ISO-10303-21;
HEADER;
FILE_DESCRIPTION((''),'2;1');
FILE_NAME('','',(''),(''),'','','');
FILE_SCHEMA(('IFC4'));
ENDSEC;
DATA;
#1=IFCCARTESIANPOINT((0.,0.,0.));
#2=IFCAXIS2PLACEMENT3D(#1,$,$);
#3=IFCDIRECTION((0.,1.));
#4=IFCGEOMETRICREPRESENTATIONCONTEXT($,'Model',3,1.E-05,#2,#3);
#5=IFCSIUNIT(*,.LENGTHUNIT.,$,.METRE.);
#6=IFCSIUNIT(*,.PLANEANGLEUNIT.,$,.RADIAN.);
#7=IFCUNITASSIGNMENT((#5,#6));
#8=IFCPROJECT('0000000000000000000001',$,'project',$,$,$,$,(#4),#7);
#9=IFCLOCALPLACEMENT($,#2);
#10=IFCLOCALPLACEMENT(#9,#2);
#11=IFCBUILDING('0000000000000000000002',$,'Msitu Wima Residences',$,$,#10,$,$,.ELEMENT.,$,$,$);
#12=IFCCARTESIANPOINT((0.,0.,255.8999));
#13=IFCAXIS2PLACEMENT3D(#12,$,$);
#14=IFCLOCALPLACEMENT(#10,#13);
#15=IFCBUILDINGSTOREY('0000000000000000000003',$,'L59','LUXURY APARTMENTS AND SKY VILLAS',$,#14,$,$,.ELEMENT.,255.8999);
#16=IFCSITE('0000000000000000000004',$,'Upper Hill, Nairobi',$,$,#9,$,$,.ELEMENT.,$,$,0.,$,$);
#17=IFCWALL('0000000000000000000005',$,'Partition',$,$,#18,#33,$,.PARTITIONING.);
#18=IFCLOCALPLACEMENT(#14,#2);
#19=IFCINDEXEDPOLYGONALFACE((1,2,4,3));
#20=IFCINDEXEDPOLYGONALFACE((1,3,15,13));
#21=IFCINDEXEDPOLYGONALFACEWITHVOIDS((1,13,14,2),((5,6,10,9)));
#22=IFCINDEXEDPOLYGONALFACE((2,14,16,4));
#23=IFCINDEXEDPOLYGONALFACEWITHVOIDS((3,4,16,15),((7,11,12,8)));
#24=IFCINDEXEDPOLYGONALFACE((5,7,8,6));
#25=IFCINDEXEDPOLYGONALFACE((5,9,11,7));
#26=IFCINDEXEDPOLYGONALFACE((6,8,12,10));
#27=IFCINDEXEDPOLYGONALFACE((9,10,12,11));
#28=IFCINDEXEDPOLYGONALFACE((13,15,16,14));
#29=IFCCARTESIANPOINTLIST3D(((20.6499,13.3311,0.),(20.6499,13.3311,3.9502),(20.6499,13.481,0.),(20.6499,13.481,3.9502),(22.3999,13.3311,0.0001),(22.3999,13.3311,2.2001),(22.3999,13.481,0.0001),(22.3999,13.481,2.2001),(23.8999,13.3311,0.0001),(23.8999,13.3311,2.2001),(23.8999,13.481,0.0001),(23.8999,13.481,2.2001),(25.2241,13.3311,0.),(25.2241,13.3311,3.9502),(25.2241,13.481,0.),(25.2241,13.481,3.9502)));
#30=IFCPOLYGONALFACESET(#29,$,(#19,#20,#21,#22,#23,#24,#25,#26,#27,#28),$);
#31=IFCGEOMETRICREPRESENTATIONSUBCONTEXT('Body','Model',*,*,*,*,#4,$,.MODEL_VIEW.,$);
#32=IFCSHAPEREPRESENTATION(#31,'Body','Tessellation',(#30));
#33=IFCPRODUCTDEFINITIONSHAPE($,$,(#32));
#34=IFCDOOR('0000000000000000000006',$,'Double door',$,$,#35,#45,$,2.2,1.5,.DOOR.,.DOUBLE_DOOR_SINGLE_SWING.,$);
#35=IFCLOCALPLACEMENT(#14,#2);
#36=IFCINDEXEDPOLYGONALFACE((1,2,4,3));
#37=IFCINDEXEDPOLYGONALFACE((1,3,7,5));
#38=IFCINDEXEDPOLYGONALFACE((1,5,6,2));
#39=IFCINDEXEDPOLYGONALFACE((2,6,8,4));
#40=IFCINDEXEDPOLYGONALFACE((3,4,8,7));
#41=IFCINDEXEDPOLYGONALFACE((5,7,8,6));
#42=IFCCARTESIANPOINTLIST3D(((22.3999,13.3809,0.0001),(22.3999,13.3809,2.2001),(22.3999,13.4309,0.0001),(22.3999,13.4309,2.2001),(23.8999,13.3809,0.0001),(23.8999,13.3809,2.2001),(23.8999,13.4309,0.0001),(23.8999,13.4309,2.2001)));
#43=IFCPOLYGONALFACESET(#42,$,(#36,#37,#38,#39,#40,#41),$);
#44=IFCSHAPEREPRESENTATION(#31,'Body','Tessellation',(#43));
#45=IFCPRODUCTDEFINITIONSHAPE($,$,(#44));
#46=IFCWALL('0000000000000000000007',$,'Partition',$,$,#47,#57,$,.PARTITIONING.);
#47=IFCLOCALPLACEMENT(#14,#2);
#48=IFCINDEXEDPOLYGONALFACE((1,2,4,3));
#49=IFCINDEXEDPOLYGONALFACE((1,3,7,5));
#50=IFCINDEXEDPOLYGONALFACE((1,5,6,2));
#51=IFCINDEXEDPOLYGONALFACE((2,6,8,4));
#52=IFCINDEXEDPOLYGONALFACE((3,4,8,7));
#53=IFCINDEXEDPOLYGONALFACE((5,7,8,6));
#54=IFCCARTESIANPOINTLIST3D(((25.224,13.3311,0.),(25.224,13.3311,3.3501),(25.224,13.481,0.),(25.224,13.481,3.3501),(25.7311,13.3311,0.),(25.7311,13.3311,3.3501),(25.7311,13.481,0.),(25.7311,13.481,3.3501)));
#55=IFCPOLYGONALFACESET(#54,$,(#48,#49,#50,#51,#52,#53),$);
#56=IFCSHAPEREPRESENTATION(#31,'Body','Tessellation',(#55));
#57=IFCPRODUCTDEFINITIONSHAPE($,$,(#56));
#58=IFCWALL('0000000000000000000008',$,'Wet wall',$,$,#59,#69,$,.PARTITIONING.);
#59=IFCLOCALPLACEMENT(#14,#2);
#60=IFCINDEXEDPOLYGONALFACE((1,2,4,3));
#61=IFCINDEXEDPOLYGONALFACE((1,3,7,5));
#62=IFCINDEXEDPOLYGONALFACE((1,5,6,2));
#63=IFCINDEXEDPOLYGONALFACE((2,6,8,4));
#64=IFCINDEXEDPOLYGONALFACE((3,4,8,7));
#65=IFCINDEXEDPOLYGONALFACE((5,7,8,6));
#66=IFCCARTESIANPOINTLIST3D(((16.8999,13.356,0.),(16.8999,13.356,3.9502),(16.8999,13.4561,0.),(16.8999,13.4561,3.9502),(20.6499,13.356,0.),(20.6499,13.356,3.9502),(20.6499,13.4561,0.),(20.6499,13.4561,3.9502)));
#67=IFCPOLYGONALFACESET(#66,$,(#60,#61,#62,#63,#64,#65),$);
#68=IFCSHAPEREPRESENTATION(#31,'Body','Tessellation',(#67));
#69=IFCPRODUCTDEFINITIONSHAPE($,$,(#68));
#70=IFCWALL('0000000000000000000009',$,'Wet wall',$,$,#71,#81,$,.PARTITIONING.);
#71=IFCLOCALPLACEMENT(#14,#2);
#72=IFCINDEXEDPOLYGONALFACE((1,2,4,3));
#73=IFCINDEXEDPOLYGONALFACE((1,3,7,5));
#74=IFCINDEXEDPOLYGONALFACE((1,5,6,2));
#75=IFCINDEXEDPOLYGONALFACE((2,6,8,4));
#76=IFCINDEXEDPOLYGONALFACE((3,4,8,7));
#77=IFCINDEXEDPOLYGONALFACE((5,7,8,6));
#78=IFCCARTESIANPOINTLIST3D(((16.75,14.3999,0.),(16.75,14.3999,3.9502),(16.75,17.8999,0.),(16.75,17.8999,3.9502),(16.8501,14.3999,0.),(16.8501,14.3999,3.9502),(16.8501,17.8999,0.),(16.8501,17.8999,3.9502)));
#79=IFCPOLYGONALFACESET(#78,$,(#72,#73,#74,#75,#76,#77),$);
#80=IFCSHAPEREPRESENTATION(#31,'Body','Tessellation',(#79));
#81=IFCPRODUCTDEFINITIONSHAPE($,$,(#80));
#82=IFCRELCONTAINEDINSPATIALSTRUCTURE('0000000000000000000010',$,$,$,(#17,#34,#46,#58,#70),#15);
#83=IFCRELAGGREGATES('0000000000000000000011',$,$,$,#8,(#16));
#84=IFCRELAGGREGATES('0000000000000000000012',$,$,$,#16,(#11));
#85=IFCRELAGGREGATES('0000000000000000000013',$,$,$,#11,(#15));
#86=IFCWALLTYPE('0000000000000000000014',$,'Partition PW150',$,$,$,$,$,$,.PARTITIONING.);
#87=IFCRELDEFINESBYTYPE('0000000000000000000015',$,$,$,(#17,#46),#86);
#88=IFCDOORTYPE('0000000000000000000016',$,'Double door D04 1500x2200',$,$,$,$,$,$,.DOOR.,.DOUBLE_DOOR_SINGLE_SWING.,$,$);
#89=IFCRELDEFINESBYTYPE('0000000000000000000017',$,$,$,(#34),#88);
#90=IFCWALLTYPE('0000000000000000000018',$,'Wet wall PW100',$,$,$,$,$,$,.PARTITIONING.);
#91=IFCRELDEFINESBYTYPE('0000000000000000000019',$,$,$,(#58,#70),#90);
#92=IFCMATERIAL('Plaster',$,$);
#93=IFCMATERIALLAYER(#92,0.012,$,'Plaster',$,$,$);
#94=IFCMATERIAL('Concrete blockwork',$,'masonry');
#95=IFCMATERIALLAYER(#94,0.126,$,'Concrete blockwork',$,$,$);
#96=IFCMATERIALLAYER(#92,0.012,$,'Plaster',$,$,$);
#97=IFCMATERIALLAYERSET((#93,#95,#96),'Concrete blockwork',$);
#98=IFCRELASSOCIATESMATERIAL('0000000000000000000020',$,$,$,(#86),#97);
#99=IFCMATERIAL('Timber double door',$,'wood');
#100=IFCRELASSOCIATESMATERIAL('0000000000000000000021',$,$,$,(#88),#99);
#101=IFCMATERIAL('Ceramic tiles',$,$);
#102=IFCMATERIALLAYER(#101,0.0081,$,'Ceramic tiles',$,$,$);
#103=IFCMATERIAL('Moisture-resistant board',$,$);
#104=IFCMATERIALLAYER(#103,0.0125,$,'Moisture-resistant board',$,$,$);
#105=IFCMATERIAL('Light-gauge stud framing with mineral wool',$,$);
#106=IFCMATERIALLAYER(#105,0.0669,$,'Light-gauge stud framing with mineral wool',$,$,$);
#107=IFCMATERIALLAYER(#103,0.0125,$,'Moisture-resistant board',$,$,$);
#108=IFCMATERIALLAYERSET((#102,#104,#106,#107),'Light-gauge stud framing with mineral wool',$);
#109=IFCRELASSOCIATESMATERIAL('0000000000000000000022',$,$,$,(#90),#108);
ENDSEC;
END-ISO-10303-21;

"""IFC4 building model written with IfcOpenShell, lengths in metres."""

from ifc_helpers import new_model, si_unit, direction, frame, frame_2d, origin, place, context, subcontext, project, spatial, rectangle, extrude, material, layer, layer_set, type_object, element, fill, save


model = new_model("IFC4")

# Units and contexts
model_context = context("Model", 3, precision=1e-05, world=origin(), true_north=direction((0.0, 1.0)))
body_context = subcontext(model_context, "Body", "Model", "MODEL_VIEW")
ifc_project = project(units=[si_unit("LENGTHUNIT", "METRE"), si_unit("PLANEANGLEUNIT", "RADIAN")], contexts=[model_context])

# Site, building, storey
site_placement = place(None, origin())
site = spatial("IfcSite", under=ifc_project, at=site_placement, Name="Upper Hill, Nairobi", CompositionType="ELEMENT", RefElevation=0.0)
building_placement = place(site_placement, origin())
building = spatial("IfcBuilding", under=site, at=building_placement, Name="Msitu Wima Residences", CompositionType="ELEMENT")
storey_placement = place(building_placement, frame((0.0, 0.0, 255.8999)))
storey = spatial("IfcBuildingStorey", under=building, at=storey_placement, Name="L59", Description="LUXURY APARTMENTS AND SKY VILLAS", CompositionType="ELEMENT", Elevation=255.8999)

# Shared definitions
ifc_material_1 = material(Name="Plaster")
ifc_material_2 = material(Name="Concrete blockwork", Category="masonry")

# Shared definitions
ifc_layer_1 = layer(ifc_material_1, 0.012, Name="Plaster")
ifc_layer_2 = layer(ifc_material_2, 0.126, Name="Concrete blockwork")
ifc_layer_3 = layer(ifc_material_1, 0.012, Name="Plaster")
ifc_layer_set_1 = layer_set([ifc_layer_1, ifc_layer_2, ifc_layer_3], Name="Concrete blockwork")
wall_type_1 = type_object("IfcWallType", Name="Partition PW150", PredefinedType="PARTITIONING", material=ifc_layer_set_1)

# Wall, opening, door
wall_1_placement = place(storey_placement, frame((20.6499, 13.406, 0.0), z_axis=(0.0, 0.0, 1.0), x_axis=(1.0, 0.0, 0.0)))
wall_1 = element("IfcWall", 1, at=wall_1_placement, inside=storey, type_object=wall_type_1, Name="Partition", PredefinedType="PARTITIONING", context=body_context, shape_type="SweptSolid", body=[
    extrude(rectangle(XDim=4.5742, YDim=0.1499, at=frame_2d((2.2871, 0.0))), origin(), (0.0, 0.0, 1.0), 3.9502),
])
opening_1_placement = place(wall_1_placement, frame((1.75, 0.0, 0.0)))
opening_1 = element("IfcOpeningElement", 2, at=opening_1_placement, cuts=wall_1, PredefinedType="OPENING", context=body_context, shape_type="SweptSolid", body=[
    extrude(rectangle(XDim=1.5, YDim=2.2, at=frame_2d((0.75, 1.1001))), frame((0.0, 0.085, 0.0), z_axis=(0.0, -1.0, 0.0), x_axis=(1.0, 0.0, 0.0)), (0.0, 0.0, 1.0), 0.1699),
])
ifc_material_3 = material(Name="Timber double door", Category="wood")
door_type_1 = type_object("IfcDoorType", Name="Double door D04 1500x2200", OperationType="DOUBLE_DOOR_SINGLE_SWING", PredefinedType="DOOR", material=ifc_material_3)
door_1_placement = place(opening_1_placement, origin())
door_1 = element("IfcDoor", 3, at=door_1_placement, inside=storey, type_object=door_type_1, Name="Double door", OperationType="DOUBLE_DOOR_SINGLE_SWING", OverallHeight=2.2, OverallWidth=1.5, PredefinedType="DOOR", context=body_context, shape_type="SweptSolid", body=[
    extrude(rectangle(XDim=1.5, YDim=2.2, at=frame_2d((0.75, 1.1001))), frame((0.0, 0.0249, 0.0), z_axis=(0.0, -1.0, 0.0), x_axis=(1.0, 0.0, 0.0)), (0.0, 0.0, 1.0), 0.05),
])
fill(opening_1, door_1)

# Walls
wall_2_placement = place(storey_placement, frame((25.2241, 13.406, 0.0), z_axis=(0.0, 0.0, 1.0), x_axis=(1.0, 0.0, 0.0)))
element("IfcWall", 4, at=wall_2_placement, inside=storey, type_object=wall_type_1, Name="Partition", PredefinedType="PARTITIONING", context=body_context, shape_type="SweptSolid", body=[
    extrude(rectangle(XDim=0.5071, YDim=0.1499, at=frame_2d((0.2534, 0.0))), origin(), (0.0, 0.0, 1.0), 3.3501),
])
ifc_material_4 = material(Name="Ceramic tiles")
ifc_layer_4 = layer(ifc_material_4, 0.0081, Name="Ceramic tiles")
ifc_material_5 = material(Name="Moisture-resistant board")
ifc_layer_5 = layer(ifc_material_5, 0.0125, Name="Moisture-resistant board")
ifc_material_6 = material(Name="Light-gauge stud framing with mineral wool")
ifc_layer_6 = layer(ifc_material_6, 0.0669, Name="Light-gauge stud framing with mineral wool")
ifc_layer_7 = layer(ifc_material_5, 0.0125, Name="Moisture-resistant board")
ifc_layer_set_2 = layer_set([ifc_layer_4, ifc_layer_5, ifc_layer_6, ifc_layer_7], Name="Light-gauge stud framing with mineral wool")
wall_type_2 = type_object("IfcWallType", Name="Wet wall PW100", PredefinedType="PARTITIONING", material=ifc_layer_set_2)
wall_3_placement = place(storey_placement, frame((16.8999, 13.406, 0.0), z_axis=(0.0, 0.0, 1.0), x_axis=(1.0, 0.0, 0.0)))
element("IfcWall", 5, at=wall_3_placement, inside=storey, type_object=wall_type_2, Name="Wet wall", PredefinedType="PARTITIONING", context=body_context, shape_type="SweptSolid", body=[
    extrude(rectangle(XDim=3.75, YDim=0.1001, at=frame_2d((1.875, 0.0))), origin(), (0.0, 0.0, 1.0), 3.9502),
])
wall_4_placement = place(storey_placement, frame((16.8, 14.3999, 0.0), z_axis=(0.0, 0.0, 1.0), x_axis=(0.0, 1.0, 0.0)))
element("IfcWall", 6, at=wall_4_placement, inside=storey, type_object=wall_type_2, Name="Wet wall", PredefinedType="PARTITIONING", context=body_context, shape_type="SweptSolid", body=[
    extrude(rectangle(XDim=3.5, YDim=0.1001, at=frame_2d((1.75, 0.0))), origin(), (0.0, 0.0, 1.0), 3.9502),
])

save(model, "model.ifc")
